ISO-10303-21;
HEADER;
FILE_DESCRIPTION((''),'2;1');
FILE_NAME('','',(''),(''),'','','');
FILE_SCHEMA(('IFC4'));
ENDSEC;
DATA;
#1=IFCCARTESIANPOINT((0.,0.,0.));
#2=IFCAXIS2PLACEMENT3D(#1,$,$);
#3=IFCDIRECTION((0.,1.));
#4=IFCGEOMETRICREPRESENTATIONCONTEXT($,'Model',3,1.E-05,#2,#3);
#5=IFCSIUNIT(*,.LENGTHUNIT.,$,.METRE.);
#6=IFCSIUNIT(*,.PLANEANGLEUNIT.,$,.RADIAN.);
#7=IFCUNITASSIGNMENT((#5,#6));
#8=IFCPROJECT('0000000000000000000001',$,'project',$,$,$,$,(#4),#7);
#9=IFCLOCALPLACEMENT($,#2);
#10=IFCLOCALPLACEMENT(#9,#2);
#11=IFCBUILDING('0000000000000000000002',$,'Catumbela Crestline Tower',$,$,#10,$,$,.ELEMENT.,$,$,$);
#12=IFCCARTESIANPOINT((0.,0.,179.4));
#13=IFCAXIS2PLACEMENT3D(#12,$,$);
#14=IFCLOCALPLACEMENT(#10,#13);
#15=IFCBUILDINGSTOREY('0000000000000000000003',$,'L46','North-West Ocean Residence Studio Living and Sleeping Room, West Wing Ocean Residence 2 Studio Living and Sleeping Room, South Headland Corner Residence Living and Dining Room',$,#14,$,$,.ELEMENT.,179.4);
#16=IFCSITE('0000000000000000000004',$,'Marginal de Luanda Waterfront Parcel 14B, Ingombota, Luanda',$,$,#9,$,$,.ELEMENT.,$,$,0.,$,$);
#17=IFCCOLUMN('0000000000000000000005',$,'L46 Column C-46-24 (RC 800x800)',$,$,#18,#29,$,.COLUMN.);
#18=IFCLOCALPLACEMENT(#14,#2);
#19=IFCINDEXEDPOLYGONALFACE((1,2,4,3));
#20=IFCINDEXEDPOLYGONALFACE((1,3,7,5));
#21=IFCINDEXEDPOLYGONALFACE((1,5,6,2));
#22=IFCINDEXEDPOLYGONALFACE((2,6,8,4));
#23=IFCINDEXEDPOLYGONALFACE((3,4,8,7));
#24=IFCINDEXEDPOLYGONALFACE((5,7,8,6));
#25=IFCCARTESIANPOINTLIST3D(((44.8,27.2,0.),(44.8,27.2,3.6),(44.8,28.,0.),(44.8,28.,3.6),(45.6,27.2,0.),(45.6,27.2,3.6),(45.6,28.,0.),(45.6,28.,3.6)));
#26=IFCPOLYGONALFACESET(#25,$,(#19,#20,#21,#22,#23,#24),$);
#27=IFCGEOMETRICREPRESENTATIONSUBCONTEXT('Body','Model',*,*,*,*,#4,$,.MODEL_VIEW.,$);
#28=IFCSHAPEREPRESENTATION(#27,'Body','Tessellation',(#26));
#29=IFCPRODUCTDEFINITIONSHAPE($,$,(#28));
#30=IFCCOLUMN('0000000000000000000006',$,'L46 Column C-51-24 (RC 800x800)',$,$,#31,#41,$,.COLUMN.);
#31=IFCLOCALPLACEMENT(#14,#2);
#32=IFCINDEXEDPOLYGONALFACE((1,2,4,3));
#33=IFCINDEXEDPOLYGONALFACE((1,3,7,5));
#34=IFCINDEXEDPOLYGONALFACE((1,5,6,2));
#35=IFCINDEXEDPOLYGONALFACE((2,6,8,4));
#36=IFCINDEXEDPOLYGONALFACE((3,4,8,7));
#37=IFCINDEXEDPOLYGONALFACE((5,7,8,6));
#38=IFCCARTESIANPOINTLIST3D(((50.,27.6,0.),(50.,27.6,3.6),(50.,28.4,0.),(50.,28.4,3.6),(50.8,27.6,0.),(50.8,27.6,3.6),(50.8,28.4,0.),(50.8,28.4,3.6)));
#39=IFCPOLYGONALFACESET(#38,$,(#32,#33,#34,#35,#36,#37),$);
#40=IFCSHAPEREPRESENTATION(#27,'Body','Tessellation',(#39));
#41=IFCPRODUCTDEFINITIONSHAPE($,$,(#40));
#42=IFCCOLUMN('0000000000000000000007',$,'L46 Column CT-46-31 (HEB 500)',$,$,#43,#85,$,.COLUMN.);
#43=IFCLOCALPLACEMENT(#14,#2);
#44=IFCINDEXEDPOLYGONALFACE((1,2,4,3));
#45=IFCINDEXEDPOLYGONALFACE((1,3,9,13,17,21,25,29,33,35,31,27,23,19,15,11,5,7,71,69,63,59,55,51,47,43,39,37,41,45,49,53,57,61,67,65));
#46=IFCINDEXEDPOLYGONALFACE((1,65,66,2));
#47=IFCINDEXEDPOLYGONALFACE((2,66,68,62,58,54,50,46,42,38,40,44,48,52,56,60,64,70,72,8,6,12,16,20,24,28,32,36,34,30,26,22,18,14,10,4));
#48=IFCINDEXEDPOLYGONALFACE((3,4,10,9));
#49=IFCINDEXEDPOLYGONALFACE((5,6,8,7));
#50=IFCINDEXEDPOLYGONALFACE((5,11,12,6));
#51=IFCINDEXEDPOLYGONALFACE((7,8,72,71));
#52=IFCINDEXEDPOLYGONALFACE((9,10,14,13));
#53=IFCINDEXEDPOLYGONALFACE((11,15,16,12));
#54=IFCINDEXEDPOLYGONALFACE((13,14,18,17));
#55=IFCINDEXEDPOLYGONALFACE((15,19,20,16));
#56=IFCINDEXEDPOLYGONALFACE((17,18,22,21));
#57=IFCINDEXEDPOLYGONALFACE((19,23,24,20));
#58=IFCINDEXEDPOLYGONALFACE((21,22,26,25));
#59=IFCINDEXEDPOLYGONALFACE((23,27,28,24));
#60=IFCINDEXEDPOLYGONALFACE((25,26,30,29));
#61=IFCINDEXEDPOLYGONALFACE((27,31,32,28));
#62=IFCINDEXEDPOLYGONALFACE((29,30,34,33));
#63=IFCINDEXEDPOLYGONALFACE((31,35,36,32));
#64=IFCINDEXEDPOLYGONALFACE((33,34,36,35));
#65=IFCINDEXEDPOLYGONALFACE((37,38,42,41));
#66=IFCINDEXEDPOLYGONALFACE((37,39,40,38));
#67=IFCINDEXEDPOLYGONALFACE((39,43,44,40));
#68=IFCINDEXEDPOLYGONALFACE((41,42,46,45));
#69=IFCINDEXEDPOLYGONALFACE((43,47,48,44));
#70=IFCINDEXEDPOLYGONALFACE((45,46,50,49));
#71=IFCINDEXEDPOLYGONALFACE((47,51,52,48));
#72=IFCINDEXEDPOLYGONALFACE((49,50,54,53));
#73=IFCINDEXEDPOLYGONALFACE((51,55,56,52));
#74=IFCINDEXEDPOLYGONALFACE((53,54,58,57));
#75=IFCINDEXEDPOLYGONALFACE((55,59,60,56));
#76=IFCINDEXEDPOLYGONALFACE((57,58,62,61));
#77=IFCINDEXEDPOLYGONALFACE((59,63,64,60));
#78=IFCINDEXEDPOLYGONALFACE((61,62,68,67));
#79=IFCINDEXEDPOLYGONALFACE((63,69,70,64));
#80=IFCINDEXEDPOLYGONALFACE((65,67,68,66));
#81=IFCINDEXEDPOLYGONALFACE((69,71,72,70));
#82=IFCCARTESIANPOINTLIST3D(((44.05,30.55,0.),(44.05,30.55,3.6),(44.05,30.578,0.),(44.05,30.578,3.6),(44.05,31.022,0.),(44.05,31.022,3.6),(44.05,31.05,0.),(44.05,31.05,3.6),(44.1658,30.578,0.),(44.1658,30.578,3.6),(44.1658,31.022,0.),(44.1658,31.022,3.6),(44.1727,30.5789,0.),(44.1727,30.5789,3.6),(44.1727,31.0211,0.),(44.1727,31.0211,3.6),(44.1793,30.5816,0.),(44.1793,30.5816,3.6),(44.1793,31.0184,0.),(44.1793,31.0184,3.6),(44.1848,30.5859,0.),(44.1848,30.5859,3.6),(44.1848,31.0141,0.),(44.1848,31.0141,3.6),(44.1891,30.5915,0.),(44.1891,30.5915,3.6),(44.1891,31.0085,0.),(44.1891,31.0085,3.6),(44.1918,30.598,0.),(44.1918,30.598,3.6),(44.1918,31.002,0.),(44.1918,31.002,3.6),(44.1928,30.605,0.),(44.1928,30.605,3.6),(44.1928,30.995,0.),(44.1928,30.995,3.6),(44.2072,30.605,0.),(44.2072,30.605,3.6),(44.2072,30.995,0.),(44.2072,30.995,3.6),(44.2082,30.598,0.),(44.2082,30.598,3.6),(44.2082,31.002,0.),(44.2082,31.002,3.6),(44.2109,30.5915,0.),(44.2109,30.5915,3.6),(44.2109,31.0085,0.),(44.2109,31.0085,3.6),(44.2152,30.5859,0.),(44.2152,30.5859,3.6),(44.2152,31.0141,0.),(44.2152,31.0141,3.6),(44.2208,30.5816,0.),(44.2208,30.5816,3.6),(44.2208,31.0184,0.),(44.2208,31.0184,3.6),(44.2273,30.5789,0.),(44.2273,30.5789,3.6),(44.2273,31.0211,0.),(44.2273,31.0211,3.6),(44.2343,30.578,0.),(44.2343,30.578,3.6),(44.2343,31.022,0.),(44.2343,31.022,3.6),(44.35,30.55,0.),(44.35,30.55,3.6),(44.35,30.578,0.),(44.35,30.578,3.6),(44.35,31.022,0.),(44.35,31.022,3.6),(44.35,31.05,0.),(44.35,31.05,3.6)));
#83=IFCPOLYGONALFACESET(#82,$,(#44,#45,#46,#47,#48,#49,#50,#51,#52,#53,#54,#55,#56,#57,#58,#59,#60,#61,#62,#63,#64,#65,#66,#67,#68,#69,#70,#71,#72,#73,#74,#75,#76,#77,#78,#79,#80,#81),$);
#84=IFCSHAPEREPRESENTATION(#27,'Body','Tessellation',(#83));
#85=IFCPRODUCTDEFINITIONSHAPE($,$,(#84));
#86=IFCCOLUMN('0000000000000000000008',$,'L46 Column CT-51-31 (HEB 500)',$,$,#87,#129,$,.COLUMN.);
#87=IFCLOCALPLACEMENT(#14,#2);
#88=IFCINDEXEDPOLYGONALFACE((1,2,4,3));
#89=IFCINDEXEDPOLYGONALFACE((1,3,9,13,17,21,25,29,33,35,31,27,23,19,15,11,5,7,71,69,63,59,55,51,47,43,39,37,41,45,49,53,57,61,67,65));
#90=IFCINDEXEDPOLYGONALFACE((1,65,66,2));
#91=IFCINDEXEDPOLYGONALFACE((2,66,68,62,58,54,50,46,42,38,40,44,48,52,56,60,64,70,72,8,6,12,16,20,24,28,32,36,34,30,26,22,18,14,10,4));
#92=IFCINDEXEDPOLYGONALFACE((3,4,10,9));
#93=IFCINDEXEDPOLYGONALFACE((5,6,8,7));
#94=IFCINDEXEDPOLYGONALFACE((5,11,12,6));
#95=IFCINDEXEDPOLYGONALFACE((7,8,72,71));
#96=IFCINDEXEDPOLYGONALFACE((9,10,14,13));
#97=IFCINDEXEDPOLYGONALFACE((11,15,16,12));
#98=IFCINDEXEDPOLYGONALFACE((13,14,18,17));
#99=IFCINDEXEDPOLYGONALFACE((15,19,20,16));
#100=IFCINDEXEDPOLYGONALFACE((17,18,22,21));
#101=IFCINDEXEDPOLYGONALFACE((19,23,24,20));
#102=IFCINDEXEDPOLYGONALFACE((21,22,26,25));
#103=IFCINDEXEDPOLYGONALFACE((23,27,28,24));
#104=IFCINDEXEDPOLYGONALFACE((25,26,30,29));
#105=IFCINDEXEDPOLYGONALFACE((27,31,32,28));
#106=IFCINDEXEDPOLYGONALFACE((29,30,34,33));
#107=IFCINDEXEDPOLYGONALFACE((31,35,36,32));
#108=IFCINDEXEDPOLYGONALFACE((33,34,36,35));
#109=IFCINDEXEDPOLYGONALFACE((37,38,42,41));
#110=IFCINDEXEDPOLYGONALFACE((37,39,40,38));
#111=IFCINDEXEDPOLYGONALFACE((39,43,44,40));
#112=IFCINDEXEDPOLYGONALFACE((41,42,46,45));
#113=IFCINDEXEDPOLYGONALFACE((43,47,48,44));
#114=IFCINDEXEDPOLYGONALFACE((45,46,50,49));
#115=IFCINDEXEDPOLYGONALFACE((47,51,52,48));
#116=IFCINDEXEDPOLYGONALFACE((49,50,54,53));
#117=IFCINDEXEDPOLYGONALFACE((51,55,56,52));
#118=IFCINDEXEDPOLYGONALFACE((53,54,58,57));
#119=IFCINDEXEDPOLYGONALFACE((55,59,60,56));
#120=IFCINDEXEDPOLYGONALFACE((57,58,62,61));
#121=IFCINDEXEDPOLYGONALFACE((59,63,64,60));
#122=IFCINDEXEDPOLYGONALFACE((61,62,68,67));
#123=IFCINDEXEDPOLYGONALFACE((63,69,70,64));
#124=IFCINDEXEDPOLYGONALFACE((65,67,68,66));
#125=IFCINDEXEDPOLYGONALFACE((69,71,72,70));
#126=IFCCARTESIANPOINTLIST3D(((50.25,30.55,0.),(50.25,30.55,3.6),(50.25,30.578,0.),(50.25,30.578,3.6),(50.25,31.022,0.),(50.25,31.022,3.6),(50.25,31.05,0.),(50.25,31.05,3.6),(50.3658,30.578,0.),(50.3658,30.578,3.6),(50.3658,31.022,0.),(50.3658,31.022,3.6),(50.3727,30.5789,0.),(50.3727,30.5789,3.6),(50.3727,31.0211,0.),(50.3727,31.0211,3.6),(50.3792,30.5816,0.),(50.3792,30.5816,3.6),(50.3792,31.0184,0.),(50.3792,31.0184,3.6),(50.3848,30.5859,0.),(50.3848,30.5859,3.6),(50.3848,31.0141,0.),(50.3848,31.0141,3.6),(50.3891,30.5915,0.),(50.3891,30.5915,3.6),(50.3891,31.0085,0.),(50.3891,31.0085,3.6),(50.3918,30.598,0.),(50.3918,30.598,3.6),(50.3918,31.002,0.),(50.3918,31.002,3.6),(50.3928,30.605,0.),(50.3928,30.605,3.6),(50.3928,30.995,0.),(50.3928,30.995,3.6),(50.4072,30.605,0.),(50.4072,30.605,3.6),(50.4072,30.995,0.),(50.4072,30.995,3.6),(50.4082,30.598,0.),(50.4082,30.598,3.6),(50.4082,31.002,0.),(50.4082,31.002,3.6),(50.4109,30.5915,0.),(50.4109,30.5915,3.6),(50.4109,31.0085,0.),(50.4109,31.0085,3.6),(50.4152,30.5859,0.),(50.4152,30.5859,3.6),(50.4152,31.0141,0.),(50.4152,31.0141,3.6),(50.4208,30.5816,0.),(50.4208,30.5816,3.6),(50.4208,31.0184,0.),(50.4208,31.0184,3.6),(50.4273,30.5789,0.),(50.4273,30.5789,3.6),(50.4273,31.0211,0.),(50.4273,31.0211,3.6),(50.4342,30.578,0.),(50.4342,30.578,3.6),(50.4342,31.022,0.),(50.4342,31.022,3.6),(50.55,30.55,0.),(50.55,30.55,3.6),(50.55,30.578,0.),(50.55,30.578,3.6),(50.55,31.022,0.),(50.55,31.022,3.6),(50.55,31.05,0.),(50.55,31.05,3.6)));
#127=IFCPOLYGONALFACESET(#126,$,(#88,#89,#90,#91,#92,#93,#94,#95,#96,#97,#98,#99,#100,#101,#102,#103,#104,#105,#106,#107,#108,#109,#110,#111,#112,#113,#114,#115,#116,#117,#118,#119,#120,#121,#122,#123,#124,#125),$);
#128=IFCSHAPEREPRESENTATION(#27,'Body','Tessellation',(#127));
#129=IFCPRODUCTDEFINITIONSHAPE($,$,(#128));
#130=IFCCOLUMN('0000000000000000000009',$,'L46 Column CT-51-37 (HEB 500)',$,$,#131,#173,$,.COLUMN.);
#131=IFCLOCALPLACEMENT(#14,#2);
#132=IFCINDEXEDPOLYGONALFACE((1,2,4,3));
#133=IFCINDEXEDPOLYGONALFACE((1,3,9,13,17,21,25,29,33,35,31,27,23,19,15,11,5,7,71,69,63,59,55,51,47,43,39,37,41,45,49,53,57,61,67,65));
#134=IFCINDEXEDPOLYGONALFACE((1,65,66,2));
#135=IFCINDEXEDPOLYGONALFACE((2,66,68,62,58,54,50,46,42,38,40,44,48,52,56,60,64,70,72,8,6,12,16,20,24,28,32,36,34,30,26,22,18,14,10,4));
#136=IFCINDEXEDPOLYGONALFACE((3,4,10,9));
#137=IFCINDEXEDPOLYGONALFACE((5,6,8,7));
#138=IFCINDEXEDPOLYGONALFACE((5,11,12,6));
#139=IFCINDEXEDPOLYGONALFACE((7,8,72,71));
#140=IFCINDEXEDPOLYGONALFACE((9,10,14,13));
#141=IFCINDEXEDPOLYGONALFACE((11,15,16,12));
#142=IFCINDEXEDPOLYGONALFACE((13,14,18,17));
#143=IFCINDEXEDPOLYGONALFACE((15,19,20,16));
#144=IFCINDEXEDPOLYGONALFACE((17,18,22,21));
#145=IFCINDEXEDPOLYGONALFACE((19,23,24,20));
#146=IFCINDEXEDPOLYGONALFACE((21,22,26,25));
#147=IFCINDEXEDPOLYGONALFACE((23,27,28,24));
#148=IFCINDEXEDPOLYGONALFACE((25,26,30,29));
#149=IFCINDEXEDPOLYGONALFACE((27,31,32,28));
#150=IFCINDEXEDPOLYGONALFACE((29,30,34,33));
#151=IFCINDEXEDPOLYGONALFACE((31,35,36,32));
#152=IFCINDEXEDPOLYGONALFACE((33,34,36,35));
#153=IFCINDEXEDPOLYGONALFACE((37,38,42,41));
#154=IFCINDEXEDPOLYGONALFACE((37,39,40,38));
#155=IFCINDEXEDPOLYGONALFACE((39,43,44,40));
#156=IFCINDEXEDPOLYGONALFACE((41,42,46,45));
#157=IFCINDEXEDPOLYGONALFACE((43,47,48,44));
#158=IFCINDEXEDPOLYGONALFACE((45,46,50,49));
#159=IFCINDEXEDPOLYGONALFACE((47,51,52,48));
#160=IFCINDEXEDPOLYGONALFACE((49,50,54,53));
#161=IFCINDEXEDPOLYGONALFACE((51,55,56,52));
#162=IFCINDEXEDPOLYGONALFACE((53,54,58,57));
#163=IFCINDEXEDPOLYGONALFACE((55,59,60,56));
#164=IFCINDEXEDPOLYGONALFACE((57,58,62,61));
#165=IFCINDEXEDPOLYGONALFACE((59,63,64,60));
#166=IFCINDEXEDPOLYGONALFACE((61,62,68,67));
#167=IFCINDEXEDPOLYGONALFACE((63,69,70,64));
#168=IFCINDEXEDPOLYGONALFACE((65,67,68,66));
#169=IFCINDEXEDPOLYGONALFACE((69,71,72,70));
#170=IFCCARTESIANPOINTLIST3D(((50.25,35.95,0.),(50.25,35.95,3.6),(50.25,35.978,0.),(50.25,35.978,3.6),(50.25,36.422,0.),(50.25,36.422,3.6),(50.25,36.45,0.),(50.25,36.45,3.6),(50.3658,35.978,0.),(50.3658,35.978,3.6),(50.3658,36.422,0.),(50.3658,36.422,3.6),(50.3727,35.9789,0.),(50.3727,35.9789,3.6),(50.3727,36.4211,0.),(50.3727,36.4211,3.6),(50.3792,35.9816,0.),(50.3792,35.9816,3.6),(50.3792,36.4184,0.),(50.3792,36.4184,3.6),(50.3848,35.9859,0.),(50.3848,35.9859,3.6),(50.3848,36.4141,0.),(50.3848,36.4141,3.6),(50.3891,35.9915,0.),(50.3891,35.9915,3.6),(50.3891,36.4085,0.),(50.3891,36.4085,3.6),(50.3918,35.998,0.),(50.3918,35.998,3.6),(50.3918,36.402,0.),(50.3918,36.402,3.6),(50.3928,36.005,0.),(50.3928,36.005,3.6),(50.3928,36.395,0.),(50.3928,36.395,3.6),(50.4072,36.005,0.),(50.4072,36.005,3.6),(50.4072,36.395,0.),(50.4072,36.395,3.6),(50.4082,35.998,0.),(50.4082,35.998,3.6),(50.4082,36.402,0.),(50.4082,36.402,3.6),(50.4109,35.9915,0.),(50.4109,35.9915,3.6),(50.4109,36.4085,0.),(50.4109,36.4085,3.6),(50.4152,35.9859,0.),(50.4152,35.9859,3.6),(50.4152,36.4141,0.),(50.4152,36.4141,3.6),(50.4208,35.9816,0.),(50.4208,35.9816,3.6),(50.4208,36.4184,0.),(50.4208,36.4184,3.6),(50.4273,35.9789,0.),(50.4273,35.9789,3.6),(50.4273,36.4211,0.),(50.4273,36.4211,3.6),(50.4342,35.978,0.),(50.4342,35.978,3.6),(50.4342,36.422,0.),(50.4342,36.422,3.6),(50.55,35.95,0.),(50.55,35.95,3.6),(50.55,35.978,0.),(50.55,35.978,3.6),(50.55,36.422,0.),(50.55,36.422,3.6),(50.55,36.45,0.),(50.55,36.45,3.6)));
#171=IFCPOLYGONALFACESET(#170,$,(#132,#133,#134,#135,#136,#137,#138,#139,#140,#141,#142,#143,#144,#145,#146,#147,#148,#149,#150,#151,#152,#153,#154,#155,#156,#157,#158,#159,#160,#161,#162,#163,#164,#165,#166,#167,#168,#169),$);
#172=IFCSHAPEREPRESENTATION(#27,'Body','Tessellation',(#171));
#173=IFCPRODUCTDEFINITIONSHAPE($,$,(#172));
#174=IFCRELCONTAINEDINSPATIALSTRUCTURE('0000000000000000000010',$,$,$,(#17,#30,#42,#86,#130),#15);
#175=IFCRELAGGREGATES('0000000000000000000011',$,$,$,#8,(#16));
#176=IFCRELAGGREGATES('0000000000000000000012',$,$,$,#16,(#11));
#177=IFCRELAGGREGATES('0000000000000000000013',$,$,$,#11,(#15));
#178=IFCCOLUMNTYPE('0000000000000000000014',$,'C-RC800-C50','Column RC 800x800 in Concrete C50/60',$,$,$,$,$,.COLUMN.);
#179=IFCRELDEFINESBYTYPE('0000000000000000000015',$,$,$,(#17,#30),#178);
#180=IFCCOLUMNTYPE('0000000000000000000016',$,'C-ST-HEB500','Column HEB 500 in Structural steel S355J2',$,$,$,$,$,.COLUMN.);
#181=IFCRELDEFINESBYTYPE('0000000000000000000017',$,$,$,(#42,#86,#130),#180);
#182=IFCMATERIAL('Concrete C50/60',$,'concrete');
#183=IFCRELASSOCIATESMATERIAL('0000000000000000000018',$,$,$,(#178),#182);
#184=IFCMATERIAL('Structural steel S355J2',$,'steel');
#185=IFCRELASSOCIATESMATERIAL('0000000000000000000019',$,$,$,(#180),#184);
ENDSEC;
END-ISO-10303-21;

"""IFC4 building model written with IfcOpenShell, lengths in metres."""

from ifc_helpers import new_model, si_unit, direction, frame, origin, origin_2d, place, context, subcontext, project, spatial, rectangle, i_section, extrude, material, material_profile, profile_set, type_object, element, save


model = new_model("IFC4")

# Units and contexts
model_context = context("Model", 3, precision=1e-05, world=origin(), true_north=direction((0.0, 1.0)))
body_context = subcontext(model_context, "Body", "Model", "MODEL_VIEW")
ifc_project = project(units=[si_unit("LENGTHUNIT", "METRE"), si_unit("PLANEANGLEUNIT", "RADIAN")], contexts=[model_context])

# Site, building, storey
site_placement = place(None, origin())
site = spatial("IfcSite", under=ifc_project, at=site_placement, Name="Marginal de Luanda Waterfront Parcel 14B, Ingombota, Luanda", CompositionType="ELEMENT", RefElevation=0.0)
building_placement = place(site_placement, origin())
building = spatial("IfcBuilding", under=site, at=building_placement, Name="Catumbela Crestline Tower", CompositionType="ELEMENT")
storey_placement = place(building_placement, frame((0.0, 0.0, 179.4)))
storey = spatial("IfcBuildingStorey", under=building, at=storey_placement, Name="L46", Description="North-West Ocean Residence Studio Living and Sleeping Room, West Wing Ocean Residence 2 Studio Living and Sleeping Room, South Headland Corner Residence Living and Dining Room", CompositionType="ELEMENT", Elevation=179.4)

# Columns
ifc_material_1 = material(Name="Concrete C50/60", Category="concrete")
ifc_material_profile_1 = material_profile(ifc_material_1, rectangle(XDim=0.8, YDim=0.8, at=origin_2d()), Name="RC 800x800")
ifc_profile_set_1 = profile_set([ifc_material_profile_1], Name="Concrete C50/60")
column_type_1 = type_object("IfcColumnType", Name="C-RC800-C50", Description="Column RC 800x800 in Concrete C50/60", PredefinedType="COLUMN", material=ifc_profile_set_1)
for number, where, z_axis, x_axis, name in (
    (1, (45.2, 27.6, 0.0), (0.0, 0.0, 1.0), (1.0, 0.0, 0.0), "L46 Column C-46-24 (RC 800x800)"),
    (2, (50.4, 28.0, 0.0), (0.0, 0.0, 1.0), (1.0, 0.0, 0.0), "L46 Column C-51-24 (RC 800x800)"),
):
    element("IfcColumn", number, at=place(storey_placement, frame(where, z_axis=z_axis, x_axis=x_axis)), inside=storey, type_object=column_type_1, Name=name, PredefinedType="COLUMN", context=body_context, shape_type="SweptSolid", body=[
        extrude(rectangle(XDim=0.8, YDim=0.8, at=origin_2d()), origin(), (0.0, 0.0, 1.0), 3.6),
    ])
ifc_material_2 = material(Name="Structural steel S355J2", Category="steel")
ifc_material_profile_2 = material_profile(ifc_material_2, i_section(OverallWidth=0.3, OverallDepth=0.5, WebThickness=0.0145, FlangeThickness=0.028, FilletRadius=0.027, at=origin_2d()), Name="HEB 500")
ifc_profile_set_2 = profile_set([ifc_material_profile_2], Name="Structural steel S355J2")
column_type_2 = type_object("IfcColumnType", Name="C-ST-HEB500", Description="Column HEB 500 in Structural steel S355J2", PredefinedType="COLUMN", material=ifc_profile_set_2)
for number, where, z_axis, x_axis, name in (
    (3, (44.2, 30.8, 0.0), (0.0, 0.0, 1.0), (1.0, 0.0, 0.0), "L46 Column CT-46-31 (HEB 500)"),
    (4, (50.4, 30.8, 0.0), (0.0, 0.0, 1.0), (1.0, 0.0, 0.0), "L46 Column CT-51-31 (HEB 500)"),
    (5, (50.4, 36.2, 0.0), (0.0, 0.0, 1.0), (1.0, 0.0, 0.0), "L46 Column CT-51-37 (HEB 500)"),
):
    element("IfcColumn", number, at=place(storey_placement, frame(where, z_axis=z_axis, x_axis=x_axis)), inside=storey, type_object=column_type_2, Name=name, PredefinedType="COLUMN", context=body_context, shape_type="SweptSolid", body=[
        extrude(i_section(OverallWidth=0.3, OverallDepth=0.5, WebThickness=0.0145, FlangeThickness=0.028, FilletRadius=0.027, at=origin_2d()), origin(), (0.0, 0.0, 1.0), 3.6),
    ])

save(model, "model.ifc")
